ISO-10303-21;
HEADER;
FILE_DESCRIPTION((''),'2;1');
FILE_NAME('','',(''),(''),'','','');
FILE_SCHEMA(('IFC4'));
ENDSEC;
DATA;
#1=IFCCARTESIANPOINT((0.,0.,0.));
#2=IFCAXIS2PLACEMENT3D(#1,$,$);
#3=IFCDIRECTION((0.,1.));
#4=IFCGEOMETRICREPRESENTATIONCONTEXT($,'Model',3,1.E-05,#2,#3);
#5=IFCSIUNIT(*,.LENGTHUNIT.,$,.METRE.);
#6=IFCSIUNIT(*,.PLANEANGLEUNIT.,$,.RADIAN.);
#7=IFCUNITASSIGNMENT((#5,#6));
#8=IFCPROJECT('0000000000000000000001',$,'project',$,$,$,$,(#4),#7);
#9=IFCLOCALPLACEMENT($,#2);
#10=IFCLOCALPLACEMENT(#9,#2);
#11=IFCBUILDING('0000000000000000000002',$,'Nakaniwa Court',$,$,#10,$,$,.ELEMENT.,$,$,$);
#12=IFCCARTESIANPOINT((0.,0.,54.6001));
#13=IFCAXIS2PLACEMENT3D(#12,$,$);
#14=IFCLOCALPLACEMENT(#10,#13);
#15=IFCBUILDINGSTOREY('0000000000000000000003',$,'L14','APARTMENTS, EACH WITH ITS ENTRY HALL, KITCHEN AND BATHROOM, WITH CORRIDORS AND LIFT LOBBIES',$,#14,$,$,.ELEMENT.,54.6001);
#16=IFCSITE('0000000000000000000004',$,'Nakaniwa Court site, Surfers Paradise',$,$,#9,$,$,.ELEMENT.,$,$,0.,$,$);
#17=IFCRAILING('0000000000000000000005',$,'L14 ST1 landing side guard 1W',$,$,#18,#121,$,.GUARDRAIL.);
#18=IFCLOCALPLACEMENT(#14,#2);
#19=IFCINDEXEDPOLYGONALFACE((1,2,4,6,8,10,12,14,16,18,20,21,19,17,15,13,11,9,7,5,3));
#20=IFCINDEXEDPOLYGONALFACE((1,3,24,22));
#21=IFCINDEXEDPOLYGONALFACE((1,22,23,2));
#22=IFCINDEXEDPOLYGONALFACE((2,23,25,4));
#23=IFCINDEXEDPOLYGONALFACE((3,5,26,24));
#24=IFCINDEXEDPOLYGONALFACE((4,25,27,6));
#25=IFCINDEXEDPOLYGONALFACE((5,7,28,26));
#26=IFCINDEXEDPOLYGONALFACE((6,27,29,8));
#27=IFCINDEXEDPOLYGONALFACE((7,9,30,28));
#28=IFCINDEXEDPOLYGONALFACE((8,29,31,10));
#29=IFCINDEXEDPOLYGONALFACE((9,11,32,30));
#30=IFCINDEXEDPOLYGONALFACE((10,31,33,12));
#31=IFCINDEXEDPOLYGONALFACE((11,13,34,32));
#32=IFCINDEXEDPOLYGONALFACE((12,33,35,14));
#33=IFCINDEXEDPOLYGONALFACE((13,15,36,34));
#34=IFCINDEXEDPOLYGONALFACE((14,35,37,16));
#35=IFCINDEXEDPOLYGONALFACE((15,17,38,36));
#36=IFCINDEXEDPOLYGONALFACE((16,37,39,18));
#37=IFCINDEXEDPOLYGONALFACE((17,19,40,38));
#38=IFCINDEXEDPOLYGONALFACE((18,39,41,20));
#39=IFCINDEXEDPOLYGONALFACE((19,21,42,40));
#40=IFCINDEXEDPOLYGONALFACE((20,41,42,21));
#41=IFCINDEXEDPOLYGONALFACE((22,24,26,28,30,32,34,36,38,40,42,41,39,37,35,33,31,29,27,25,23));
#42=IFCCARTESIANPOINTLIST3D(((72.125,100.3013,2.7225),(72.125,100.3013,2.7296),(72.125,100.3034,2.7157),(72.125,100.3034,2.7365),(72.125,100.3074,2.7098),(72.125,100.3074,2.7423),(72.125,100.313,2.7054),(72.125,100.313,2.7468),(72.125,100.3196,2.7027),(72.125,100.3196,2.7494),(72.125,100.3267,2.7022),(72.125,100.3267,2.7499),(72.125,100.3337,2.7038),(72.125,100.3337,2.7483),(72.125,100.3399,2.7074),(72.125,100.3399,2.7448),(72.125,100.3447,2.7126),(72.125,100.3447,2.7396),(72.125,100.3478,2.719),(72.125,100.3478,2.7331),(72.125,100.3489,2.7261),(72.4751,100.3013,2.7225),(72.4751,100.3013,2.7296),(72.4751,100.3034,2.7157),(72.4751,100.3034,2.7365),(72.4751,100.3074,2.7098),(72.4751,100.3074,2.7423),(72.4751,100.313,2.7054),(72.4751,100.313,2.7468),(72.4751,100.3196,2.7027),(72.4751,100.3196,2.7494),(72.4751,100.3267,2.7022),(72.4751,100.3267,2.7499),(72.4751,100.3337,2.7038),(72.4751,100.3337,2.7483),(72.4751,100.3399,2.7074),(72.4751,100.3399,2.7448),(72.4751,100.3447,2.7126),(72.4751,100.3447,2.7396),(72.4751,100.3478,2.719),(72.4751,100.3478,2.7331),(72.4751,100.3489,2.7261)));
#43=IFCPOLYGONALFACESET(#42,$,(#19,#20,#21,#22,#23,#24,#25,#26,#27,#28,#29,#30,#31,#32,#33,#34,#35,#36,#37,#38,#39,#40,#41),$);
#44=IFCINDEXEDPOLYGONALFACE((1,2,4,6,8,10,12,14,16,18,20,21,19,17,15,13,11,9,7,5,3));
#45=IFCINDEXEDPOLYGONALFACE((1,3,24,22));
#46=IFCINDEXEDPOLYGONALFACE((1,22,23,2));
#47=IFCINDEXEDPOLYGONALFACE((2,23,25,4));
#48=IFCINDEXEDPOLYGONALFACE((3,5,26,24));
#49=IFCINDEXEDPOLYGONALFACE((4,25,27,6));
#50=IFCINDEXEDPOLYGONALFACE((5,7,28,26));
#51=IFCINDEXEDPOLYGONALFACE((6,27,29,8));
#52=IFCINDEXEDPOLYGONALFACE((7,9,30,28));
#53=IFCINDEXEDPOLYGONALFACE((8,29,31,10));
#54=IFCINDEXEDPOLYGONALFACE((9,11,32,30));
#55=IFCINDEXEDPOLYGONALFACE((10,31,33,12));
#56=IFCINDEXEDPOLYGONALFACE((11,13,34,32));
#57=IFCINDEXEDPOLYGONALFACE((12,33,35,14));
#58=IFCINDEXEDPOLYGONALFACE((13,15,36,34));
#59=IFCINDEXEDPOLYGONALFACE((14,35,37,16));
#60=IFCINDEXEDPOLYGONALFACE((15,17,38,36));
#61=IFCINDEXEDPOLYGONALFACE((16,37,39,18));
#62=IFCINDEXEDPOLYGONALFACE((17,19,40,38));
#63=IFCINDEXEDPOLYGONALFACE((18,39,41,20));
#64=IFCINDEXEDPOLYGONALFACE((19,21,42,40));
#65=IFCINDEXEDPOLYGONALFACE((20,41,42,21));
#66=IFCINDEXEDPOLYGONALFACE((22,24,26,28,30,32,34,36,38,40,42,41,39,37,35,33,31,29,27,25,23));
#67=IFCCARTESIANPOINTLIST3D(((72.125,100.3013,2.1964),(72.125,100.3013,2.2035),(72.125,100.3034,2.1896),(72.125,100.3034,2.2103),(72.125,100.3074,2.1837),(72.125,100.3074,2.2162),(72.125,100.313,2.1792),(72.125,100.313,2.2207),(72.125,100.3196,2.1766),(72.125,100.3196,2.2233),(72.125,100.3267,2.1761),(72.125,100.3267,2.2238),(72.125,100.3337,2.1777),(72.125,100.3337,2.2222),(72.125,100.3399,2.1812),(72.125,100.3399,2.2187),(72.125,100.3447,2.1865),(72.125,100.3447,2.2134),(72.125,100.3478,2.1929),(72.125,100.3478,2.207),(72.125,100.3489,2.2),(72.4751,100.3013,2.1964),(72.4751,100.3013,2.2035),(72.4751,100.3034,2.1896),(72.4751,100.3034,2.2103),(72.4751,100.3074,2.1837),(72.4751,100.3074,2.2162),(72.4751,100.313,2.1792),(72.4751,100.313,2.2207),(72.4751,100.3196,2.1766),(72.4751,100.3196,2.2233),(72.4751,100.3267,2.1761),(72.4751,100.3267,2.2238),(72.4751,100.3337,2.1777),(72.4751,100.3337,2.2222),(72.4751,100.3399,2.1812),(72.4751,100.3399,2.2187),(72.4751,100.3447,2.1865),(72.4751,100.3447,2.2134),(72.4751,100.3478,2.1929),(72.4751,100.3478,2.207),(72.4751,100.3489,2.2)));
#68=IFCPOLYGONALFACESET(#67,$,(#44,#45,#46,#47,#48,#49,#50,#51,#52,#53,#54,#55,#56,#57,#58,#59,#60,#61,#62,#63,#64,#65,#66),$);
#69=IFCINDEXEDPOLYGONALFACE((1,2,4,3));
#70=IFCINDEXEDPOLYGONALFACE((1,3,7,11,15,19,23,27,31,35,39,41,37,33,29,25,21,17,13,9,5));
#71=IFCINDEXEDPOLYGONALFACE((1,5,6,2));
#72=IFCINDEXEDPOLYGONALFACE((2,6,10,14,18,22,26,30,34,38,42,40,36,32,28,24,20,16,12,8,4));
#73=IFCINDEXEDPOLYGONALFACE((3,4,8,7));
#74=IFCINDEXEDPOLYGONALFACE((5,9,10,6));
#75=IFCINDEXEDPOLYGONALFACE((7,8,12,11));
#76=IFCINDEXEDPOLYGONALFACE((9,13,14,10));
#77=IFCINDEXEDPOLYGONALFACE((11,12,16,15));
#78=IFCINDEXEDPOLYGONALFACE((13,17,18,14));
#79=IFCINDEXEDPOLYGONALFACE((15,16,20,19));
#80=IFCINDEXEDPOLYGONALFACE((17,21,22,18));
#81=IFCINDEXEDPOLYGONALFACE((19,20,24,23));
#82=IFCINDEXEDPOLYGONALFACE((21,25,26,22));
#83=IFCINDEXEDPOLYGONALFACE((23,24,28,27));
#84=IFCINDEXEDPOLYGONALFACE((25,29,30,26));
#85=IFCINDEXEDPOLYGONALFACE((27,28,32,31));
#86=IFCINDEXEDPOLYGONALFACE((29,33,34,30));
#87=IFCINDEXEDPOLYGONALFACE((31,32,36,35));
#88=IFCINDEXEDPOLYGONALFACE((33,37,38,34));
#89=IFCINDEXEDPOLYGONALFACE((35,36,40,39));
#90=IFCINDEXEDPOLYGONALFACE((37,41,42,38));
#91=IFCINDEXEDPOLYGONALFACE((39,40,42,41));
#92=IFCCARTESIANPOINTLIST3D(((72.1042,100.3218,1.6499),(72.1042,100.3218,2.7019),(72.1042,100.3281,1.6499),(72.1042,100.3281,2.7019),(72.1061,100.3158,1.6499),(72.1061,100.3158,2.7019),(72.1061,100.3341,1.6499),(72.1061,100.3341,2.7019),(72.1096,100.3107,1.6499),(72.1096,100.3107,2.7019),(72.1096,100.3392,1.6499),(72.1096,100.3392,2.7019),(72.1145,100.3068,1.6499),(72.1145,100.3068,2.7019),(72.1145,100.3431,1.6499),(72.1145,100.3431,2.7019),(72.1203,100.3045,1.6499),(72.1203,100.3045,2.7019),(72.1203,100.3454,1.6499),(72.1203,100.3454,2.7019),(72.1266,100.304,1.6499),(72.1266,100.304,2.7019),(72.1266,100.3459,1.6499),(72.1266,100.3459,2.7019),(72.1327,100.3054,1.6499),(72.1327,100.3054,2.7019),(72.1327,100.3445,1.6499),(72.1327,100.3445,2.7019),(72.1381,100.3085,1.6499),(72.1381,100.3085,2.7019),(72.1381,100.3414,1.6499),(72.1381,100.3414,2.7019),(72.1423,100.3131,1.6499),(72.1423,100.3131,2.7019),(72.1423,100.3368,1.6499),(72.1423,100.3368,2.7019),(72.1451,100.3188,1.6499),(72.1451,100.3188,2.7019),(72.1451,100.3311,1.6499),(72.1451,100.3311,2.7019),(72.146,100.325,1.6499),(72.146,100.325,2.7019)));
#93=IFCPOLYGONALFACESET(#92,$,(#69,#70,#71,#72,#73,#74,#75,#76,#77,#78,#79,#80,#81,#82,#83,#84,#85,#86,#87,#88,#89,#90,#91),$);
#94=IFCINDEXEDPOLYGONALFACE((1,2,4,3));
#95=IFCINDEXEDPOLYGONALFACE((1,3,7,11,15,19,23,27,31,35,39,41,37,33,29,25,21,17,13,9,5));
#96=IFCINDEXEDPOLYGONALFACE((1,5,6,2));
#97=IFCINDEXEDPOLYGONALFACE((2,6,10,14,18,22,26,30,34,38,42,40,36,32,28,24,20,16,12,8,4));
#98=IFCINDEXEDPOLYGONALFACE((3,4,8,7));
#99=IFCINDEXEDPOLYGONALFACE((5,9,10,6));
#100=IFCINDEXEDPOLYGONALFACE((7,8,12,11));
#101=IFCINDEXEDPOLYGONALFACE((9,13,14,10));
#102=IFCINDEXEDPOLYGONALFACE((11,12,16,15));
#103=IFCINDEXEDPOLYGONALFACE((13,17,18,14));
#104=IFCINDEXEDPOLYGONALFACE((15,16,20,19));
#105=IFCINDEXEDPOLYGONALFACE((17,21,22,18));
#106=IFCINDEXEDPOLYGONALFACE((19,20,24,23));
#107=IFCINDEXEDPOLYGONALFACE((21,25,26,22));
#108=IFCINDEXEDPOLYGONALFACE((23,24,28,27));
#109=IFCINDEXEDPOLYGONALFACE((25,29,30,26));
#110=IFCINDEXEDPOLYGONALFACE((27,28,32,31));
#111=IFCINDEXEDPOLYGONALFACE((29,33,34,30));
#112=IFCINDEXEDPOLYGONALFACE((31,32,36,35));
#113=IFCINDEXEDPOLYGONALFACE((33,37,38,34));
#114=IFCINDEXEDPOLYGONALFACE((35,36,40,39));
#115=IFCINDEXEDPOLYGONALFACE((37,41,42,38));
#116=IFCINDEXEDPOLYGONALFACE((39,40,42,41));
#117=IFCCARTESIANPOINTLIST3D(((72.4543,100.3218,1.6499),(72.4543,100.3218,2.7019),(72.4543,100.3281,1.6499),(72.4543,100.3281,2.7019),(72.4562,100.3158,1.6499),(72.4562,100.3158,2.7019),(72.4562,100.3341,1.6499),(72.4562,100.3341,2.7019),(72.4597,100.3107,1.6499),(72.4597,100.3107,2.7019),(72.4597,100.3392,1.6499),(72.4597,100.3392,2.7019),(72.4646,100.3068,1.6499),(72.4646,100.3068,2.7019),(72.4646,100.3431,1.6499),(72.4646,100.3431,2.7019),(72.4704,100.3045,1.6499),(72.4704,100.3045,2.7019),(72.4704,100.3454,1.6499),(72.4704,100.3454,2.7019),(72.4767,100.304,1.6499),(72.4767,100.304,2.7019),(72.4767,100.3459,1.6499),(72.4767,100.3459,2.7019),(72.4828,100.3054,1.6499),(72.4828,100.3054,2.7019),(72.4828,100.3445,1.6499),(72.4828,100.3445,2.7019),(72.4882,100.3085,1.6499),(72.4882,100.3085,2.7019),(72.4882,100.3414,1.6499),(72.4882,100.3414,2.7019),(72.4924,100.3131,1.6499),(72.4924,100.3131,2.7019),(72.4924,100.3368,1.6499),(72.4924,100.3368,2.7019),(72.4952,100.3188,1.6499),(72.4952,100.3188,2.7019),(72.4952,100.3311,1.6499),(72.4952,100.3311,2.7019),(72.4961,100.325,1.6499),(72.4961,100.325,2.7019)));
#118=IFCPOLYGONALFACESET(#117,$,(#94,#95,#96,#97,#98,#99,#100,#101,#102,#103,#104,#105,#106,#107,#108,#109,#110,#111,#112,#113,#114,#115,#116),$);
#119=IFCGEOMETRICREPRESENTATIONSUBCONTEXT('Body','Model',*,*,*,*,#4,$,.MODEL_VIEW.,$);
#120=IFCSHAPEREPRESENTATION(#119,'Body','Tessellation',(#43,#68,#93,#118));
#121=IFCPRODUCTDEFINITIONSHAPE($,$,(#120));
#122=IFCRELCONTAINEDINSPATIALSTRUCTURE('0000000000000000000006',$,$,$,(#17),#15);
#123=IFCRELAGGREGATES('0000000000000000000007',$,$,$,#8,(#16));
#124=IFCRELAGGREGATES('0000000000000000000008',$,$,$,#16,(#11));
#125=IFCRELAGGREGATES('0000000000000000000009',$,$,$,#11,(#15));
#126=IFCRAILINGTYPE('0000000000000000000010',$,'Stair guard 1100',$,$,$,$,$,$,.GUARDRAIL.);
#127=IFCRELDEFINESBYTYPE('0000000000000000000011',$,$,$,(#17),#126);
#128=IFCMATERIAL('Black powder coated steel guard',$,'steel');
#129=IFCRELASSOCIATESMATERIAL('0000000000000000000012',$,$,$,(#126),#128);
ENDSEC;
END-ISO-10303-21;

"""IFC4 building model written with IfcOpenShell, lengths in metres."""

from ifc_helpers import new_model, si_unit, direction, frame, origin, origin_2d, place, context, subcontext, project, spatial, circle, extrude, material, type_object, element, save


model = new_model("IFC4")

# Units and contexts
model_context = context("Model", 3, precision=1e-05, world=origin(), true_north=direction((0.0, 1.0)))
body_context = subcontext(model_context, "Body", "Model", "MODEL_VIEW")
ifc_project = project(units=[si_unit("LENGTHUNIT", "METRE"), si_unit("PLANEANGLEUNIT", "RADIAN")], contexts=[model_context])

# Site, building, storey
site_placement = place(None, origin())
site = spatial("IfcSite", under=ifc_project, at=site_placement, Name="Nakaniwa Court site, Surfers Paradise", CompositionType="ELEMENT", RefElevation=0.0)
building_placement = place(site_placement, origin())
building = spatial("IfcBuilding", under=site, at=building_placement, Name="Nakaniwa Court", CompositionType="ELEMENT")
storey_placement = place(building_placement, frame((0.0, 0.0, 54.6001)))
storey = spatial("IfcBuildingStorey", under=building, at=storey_placement, Name="L14", Description="APARTMENTS, EACH WITH ITS ENTRY HALL, KITCHEN AND BATHROOM, WITH CORRIDORS AND LIFT LOBBIES", CompositionType="ELEMENT", Elevation=54.6001)

# Railing
ifc_material_1 = material(Name="Black powder coated steel guard", Category="steel")
railing_type_1 = type_object("IfcRailingType", Name="Stair guard 1100", PredefinedType="GUARDRAIL", material=ifc_material_1)
for number, where, name in (
    (1, (72.125, 100.325, 1.6499), "L14 ST1 landing side guard 1W"),
):
    element("IfcRailing", number, at=place(storey_placement, frame(where)), inside=storey, type_object=railing_type_1, Name=name, PredefinedType="GUARDRAIL", context=body_context, shape_type="SweptSolid", body=[
        extrude(circle(Radius=0.0239, at=origin_2d()), frame((0.0, 0.0, 1.0762), z_axis=(1.0, 0.0, 0.0), x_axis=(0.0, 1.0, 0.0)), (0.0, 0.0, 1.0), 0.3501),
        extrude(circle(Radius=0.0239, at=origin_2d()), frame((0.0, 0.0, 0.55), z_axis=(1.0, 0.0, 0.0), x_axis=(0.0, 1.0, 0.0)), (0.0, 0.0, 1.0), 0.3501),
        extrude(circle(Radius=0.021, at=origin_2d()), origin(), (0.0, 0.0, 1.0), 1.052),
        extrude(circle(Radius=0.021, at=origin_2d()), frame((0.3501, 0.0, 0.0)), (0.0, 0.0, 1.0), 1.052),
    ])

save(model, "model.ifc")
